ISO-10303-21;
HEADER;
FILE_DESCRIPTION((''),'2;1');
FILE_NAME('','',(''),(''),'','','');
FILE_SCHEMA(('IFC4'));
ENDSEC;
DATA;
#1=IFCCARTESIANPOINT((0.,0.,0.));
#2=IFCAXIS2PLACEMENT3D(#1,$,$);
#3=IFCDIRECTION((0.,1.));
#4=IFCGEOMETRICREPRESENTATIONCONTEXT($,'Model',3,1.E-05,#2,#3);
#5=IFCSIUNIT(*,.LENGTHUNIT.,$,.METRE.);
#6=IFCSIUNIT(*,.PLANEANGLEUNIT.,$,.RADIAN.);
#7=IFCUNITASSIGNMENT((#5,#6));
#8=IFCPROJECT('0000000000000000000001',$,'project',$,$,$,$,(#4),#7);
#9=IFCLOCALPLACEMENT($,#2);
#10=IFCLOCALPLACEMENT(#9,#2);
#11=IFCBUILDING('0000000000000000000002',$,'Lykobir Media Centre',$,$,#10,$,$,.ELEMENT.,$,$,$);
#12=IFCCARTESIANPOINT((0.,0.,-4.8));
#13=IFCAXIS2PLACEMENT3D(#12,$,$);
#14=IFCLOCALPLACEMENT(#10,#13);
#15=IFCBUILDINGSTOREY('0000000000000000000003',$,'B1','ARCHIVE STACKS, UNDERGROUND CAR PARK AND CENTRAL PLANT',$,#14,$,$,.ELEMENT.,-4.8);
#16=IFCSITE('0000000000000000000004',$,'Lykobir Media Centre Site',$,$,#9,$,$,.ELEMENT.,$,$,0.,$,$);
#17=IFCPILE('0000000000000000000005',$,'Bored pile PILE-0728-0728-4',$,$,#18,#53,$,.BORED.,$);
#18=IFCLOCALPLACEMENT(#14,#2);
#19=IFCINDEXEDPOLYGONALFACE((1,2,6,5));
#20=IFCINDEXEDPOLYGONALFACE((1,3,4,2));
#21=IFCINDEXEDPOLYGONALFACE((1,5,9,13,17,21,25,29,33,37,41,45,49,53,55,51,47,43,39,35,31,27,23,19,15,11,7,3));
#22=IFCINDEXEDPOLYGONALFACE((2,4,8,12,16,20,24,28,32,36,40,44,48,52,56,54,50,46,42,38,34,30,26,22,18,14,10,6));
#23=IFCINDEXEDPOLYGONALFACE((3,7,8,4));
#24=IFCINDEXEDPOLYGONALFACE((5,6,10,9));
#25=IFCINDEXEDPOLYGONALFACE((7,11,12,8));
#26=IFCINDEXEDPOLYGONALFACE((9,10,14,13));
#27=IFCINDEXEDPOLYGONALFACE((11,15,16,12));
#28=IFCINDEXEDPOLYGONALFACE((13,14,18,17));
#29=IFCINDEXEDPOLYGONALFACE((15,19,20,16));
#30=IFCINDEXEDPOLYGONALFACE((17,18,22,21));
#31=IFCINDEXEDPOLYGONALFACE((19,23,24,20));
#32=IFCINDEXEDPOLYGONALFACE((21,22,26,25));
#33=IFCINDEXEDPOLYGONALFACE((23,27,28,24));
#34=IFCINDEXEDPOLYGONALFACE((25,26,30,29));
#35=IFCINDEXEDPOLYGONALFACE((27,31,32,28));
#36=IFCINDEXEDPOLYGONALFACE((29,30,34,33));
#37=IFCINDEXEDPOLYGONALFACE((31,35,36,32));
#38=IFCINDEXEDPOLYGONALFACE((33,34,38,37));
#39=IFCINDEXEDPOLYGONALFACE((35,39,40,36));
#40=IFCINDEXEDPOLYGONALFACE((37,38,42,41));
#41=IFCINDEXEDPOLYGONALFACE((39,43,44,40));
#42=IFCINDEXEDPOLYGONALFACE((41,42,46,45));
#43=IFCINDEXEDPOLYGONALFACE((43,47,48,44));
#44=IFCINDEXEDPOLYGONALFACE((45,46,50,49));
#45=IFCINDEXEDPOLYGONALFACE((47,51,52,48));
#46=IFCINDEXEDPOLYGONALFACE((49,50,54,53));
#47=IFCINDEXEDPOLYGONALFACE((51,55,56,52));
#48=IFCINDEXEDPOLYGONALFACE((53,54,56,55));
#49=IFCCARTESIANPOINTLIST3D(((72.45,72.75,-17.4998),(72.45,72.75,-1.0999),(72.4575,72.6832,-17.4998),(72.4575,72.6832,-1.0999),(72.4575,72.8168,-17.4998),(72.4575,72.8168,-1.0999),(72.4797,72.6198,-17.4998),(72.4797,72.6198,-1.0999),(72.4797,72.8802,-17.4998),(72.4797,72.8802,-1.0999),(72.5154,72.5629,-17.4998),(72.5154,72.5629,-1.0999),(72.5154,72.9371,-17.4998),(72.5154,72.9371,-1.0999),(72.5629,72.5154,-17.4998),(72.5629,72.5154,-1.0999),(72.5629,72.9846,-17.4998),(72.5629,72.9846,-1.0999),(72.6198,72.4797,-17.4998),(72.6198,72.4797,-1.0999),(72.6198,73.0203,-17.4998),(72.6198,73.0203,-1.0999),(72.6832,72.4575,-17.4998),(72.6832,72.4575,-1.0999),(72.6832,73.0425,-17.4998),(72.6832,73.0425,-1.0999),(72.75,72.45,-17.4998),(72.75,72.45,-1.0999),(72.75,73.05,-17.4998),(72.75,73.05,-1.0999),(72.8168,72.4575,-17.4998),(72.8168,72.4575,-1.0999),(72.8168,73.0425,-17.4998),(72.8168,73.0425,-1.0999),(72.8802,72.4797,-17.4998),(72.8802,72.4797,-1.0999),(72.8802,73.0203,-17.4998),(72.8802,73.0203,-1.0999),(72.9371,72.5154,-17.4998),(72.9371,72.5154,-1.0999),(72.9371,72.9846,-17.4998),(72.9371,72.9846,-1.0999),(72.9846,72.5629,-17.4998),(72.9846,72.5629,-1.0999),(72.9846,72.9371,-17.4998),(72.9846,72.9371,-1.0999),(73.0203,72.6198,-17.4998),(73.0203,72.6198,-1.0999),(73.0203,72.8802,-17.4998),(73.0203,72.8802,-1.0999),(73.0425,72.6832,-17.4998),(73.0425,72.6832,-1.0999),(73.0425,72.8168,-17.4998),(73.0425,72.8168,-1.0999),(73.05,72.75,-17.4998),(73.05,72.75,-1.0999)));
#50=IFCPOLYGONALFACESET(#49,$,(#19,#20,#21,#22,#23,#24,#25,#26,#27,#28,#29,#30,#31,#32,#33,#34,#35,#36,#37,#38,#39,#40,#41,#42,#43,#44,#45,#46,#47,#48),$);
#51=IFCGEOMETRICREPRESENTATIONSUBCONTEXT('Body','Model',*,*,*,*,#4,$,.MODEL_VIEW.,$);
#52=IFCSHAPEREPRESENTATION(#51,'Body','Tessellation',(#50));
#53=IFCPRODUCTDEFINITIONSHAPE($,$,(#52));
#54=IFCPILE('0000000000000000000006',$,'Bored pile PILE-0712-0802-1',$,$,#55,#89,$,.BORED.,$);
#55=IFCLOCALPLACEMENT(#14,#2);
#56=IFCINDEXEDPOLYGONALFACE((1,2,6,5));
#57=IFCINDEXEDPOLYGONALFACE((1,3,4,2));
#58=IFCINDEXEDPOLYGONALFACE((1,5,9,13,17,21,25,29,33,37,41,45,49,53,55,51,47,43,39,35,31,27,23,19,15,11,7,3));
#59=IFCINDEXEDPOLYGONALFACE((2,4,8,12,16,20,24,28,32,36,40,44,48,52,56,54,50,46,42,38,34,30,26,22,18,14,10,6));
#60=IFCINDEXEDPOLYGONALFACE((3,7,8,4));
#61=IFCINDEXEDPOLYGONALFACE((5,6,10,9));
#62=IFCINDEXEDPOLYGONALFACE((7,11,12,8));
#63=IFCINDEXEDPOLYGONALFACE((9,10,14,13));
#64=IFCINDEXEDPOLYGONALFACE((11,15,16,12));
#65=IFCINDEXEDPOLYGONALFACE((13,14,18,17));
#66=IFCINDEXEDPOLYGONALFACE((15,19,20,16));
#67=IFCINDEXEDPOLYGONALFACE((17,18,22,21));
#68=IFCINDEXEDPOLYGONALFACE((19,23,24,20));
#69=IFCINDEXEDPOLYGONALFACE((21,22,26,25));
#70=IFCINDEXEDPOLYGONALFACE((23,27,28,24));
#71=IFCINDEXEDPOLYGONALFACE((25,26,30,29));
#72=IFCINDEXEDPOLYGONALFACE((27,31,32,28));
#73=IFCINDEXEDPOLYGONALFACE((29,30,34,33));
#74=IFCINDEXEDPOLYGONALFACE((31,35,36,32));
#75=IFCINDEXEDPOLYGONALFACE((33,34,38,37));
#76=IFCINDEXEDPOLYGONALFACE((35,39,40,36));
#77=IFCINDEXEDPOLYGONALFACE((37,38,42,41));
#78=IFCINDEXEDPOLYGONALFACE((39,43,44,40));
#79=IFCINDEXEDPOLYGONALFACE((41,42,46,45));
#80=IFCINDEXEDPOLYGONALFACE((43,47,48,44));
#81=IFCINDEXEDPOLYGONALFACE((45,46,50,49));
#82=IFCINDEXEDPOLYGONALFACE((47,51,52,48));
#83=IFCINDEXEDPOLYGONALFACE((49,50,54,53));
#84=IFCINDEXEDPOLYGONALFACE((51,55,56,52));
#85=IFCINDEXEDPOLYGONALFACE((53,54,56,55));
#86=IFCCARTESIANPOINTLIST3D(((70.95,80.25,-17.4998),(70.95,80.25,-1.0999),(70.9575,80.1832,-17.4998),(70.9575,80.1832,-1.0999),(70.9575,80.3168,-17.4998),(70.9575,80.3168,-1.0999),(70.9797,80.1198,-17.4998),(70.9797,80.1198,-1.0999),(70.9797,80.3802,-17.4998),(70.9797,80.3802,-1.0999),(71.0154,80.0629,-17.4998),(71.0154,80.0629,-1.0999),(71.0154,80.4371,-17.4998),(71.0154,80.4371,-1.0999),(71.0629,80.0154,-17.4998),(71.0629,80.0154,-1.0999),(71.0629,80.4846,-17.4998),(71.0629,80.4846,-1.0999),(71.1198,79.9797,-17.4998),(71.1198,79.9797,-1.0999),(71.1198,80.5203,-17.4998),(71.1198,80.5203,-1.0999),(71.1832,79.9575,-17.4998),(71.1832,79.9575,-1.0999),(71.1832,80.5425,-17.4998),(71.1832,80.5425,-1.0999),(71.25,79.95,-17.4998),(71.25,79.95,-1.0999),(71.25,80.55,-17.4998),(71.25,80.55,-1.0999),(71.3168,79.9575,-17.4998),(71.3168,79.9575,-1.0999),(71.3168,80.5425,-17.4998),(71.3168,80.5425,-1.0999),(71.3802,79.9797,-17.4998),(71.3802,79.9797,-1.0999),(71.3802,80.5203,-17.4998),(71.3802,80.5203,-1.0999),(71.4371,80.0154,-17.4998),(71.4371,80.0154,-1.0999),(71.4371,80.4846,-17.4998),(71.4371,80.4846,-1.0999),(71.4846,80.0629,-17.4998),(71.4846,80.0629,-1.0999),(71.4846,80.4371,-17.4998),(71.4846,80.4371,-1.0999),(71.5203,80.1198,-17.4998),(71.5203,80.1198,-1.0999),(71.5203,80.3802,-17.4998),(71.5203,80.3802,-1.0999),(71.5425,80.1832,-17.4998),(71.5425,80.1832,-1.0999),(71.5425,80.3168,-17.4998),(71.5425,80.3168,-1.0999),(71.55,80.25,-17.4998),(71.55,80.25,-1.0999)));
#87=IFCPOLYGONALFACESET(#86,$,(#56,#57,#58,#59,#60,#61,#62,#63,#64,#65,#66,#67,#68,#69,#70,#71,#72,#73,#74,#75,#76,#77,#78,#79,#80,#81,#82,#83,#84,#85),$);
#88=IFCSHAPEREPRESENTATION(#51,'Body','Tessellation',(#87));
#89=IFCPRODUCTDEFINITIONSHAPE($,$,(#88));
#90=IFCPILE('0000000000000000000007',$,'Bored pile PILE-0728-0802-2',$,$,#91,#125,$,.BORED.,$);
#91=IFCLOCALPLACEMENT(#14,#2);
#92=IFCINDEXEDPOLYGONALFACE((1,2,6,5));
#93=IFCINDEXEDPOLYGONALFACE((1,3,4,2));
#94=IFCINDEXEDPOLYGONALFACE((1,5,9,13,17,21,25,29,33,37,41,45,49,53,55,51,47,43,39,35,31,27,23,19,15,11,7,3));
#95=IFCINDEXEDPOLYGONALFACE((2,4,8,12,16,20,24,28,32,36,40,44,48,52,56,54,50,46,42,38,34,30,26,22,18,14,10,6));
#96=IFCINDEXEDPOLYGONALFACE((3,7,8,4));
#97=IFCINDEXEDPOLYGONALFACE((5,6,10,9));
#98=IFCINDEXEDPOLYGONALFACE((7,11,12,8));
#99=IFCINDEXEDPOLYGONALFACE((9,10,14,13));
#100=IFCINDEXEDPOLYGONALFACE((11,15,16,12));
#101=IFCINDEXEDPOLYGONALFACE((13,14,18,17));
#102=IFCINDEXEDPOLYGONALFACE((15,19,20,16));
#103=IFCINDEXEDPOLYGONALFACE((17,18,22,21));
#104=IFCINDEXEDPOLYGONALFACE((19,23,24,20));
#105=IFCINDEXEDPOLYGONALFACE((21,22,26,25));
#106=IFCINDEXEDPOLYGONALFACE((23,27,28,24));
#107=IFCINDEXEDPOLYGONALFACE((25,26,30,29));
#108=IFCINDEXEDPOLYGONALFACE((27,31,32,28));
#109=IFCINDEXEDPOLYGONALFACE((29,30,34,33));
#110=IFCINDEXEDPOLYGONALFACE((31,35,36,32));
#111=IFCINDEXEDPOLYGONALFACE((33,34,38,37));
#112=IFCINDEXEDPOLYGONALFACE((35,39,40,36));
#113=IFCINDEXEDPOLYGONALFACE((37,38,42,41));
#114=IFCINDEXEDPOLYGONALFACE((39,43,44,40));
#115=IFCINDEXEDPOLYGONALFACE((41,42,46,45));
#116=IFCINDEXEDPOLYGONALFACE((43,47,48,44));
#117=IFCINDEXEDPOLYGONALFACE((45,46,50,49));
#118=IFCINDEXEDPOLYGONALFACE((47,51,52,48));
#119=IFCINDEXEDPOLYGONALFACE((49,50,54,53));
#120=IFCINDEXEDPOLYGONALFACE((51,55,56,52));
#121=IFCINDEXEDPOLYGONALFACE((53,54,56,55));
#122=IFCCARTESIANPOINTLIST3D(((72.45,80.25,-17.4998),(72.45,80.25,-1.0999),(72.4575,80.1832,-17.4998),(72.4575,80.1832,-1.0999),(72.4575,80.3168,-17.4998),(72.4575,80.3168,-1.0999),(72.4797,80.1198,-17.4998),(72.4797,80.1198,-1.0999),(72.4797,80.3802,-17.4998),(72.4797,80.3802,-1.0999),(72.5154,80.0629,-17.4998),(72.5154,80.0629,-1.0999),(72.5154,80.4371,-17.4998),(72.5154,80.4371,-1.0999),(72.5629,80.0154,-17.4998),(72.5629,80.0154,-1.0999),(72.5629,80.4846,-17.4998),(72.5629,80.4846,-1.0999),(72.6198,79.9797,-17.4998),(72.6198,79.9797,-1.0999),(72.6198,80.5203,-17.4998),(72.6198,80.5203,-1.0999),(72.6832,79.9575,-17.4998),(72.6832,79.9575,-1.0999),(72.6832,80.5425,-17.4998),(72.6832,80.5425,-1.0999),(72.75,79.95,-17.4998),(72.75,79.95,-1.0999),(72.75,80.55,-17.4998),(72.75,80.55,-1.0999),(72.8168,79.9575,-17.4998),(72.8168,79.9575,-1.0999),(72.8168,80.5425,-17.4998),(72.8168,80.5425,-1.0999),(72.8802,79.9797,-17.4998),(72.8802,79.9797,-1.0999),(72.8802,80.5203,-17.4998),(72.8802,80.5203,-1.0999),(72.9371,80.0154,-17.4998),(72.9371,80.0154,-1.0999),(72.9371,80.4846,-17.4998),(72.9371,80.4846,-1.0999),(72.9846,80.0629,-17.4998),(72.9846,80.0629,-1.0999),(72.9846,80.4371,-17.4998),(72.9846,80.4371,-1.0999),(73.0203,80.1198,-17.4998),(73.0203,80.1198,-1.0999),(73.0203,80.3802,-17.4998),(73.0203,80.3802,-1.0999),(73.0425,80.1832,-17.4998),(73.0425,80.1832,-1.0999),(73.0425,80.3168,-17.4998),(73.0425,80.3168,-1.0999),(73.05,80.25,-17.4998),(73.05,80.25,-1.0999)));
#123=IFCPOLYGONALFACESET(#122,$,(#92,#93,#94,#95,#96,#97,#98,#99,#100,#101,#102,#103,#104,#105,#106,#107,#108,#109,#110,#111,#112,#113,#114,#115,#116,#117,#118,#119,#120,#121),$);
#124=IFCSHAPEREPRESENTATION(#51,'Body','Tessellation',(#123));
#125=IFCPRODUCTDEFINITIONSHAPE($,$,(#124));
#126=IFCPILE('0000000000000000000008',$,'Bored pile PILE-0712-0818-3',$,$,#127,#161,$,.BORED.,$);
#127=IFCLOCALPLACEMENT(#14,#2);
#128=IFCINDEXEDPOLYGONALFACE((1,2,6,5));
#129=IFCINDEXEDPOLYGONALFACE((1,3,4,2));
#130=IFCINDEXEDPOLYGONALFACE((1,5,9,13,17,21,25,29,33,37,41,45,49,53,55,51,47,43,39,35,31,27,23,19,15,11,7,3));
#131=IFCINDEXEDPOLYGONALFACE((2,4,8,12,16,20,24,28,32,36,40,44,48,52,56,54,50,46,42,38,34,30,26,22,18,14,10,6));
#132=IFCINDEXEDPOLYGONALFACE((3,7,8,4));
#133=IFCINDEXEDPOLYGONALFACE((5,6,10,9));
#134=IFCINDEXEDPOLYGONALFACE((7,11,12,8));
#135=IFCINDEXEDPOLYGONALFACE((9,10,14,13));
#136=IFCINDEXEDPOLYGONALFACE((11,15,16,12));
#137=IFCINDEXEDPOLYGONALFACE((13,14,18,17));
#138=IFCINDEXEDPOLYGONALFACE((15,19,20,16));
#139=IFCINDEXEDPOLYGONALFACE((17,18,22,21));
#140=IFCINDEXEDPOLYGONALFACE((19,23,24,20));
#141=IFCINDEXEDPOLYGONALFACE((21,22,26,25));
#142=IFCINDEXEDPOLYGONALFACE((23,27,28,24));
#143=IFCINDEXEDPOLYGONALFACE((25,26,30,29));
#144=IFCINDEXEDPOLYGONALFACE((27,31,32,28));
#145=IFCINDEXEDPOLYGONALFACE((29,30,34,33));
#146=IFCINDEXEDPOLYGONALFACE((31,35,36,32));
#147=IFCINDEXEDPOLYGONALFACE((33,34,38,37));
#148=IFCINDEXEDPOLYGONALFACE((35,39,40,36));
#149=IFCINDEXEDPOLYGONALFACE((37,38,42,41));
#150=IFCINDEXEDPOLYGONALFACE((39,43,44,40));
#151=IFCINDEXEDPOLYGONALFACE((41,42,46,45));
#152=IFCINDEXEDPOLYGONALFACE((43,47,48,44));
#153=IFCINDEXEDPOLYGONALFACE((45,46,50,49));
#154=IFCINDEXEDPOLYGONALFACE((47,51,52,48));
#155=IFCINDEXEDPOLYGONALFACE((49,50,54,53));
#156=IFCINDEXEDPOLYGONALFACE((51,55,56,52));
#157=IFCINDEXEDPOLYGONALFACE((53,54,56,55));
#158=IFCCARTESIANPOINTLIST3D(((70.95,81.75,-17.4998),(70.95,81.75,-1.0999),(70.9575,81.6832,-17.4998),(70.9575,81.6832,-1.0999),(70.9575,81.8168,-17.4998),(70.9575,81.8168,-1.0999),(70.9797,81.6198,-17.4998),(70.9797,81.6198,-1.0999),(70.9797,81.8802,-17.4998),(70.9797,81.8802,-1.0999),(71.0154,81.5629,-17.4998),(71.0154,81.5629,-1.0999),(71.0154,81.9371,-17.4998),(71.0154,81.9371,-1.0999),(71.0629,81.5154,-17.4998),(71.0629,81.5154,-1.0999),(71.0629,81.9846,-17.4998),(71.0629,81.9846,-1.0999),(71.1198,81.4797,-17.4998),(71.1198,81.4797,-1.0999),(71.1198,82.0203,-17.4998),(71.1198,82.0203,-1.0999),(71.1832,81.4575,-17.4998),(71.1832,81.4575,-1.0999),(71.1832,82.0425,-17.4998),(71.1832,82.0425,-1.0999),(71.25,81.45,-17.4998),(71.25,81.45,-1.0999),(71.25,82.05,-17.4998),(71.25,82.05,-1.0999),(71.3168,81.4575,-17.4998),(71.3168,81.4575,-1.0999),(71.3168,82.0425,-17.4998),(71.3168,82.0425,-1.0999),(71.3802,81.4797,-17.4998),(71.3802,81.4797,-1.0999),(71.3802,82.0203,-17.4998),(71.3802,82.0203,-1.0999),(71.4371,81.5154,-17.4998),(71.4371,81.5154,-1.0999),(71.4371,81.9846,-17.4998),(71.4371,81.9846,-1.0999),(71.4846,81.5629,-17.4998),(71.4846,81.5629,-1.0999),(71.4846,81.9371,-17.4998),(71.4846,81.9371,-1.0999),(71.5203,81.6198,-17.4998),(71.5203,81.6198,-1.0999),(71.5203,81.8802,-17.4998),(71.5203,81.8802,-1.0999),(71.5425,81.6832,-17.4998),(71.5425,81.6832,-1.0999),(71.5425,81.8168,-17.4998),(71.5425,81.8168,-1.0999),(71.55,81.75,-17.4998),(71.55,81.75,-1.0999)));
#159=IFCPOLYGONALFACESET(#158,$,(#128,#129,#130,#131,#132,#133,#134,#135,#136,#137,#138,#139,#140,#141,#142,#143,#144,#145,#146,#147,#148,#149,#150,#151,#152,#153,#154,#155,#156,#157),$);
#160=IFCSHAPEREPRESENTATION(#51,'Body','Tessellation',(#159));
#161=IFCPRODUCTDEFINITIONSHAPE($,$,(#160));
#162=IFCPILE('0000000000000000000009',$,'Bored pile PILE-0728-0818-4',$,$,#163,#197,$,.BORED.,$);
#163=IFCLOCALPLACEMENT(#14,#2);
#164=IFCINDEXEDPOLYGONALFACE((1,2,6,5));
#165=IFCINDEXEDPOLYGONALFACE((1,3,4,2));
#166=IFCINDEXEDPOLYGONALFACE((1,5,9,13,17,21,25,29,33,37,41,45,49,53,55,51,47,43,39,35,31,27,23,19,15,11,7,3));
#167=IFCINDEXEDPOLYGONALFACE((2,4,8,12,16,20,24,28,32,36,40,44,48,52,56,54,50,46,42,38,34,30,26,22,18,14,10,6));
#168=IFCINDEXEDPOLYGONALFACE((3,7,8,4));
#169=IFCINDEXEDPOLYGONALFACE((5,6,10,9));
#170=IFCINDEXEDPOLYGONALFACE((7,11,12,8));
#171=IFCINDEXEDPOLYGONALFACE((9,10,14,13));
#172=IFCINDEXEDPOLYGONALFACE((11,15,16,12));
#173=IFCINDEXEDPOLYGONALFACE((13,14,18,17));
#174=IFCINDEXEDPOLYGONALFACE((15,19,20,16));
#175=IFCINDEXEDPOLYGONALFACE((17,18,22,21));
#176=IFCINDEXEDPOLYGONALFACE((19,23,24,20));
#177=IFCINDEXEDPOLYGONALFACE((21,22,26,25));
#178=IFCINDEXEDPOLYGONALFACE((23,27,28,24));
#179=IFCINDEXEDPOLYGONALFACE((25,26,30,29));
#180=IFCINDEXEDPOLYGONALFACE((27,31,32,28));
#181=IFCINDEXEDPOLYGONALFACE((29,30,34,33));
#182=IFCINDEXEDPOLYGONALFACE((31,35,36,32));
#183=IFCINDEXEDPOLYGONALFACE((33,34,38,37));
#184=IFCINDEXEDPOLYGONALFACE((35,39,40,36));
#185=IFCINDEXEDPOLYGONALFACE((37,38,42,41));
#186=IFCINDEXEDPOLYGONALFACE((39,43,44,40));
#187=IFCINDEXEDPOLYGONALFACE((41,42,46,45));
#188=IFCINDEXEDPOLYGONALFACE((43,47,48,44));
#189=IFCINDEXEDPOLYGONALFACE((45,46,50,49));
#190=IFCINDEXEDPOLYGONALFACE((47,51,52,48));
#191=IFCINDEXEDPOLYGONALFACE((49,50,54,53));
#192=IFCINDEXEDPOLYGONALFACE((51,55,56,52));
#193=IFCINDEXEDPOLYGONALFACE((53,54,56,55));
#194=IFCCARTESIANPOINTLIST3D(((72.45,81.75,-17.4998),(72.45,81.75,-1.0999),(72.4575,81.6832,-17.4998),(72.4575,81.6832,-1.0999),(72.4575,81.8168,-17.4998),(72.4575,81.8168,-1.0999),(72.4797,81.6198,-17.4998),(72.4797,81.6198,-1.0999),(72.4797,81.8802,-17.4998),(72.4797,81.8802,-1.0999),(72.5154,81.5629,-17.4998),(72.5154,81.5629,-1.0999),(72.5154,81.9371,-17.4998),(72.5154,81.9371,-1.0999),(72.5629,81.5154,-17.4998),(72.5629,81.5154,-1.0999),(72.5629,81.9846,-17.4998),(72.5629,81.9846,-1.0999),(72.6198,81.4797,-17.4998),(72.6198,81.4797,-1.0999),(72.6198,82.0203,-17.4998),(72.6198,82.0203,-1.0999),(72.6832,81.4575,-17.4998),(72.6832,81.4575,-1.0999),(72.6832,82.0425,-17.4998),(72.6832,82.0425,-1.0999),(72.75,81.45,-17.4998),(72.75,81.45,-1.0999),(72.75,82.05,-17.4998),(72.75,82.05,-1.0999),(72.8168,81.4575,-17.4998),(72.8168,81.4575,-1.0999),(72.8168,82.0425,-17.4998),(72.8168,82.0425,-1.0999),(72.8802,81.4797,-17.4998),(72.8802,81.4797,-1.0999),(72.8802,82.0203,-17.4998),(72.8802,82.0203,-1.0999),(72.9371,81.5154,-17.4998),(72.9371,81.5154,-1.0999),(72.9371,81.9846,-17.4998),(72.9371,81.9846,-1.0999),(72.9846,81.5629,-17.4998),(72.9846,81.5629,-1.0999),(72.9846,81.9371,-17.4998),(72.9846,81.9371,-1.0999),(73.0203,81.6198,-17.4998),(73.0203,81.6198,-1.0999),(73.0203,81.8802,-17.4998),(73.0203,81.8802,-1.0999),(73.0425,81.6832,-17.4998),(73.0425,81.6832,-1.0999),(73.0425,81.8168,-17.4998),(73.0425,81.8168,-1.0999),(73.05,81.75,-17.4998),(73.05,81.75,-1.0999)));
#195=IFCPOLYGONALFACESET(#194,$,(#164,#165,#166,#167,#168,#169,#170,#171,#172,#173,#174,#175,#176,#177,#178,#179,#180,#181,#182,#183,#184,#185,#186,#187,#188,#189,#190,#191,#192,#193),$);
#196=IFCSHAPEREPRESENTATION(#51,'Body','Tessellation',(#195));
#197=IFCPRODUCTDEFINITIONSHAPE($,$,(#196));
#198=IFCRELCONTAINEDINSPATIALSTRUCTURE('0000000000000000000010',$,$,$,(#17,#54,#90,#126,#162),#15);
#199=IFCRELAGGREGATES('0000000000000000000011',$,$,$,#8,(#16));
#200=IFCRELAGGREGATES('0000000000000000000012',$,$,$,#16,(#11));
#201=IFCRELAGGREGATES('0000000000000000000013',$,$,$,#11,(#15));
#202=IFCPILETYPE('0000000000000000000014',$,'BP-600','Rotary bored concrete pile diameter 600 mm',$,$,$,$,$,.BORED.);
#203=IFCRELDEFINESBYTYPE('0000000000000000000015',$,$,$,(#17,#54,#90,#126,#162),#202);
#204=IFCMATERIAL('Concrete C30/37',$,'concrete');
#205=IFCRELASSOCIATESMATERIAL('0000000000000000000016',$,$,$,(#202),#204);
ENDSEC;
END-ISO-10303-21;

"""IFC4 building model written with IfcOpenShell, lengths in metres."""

from ifc_helpers import new_model, si_unit, direction, frame, origin, origin_2d, place, context, subcontext, project, spatial, circle, extrude, material, material_profile, profile_set, type_object, element, save


model = new_model("IFC4")

# Units and contexts
model_context = context("Model", 3, precision=1e-05, world=origin(), true_north=direction((0.0, 1.0)))
body_context = subcontext(model_context, "Body", "Model", "MODEL_VIEW")
ifc_project = project(units=[si_unit("LENGTHUNIT", "METRE"), si_unit("PLANEANGLEUNIT", "RADIAN")], contexts=[model_context])

# Site, building, storey
site_placement = place(None, origin())
site = spatial("IfcSite", under=ifc_project, at=site_placement, Name="Lykobir Media Centre Site", CompositionType="ELEMENT", RefElevation=0.0)
building_placement = place(site_placement, origin())
building = spatial("IfcBuilding", under=site, at=building_placement, Name="Lykobir Media Centre", CompositionType="ELEMENT")
storey_placement = place(building_placement, frame((0.0, 0.0, -4.8)))
storey = spatial("IfcBuildingStorey", under=building, at=storey_placement, Name="B1", Description="ARCHIVE STACKS, UNDERGROUND CAR PARK AND CENTRAL PLANT", CompositionType="ELEMENT", Elevation=-4.8)

# Piles
ifc_material_1 = material(Name="Concrete C30/37", Category="concrete")
ifc_material_profile_1 = material_profile(ifc_material_1, circle(Radius=0.3, at=origin_2d()), Name="BORED PILE D600")
ifc_profile_set_1 = profile_set([ifc_material_profile_1], Name="Concrete C30/37")
pile_type = type_object("IfcPileType", Name="BP-600", Description="Rotary bored concrete pile diameter 600 mm", PredefinedType="BORED", material=ifc_profile_set_1)
for number, where, z_axis, x_axis, name in (
    (1, (72.75, 72.75, -1.0999), (0.0, 0.0, -1.0), (1.0, 0.0, 0.0), "Bored pile PILE-0728-0728-4"),
    (2, (71.25, 80.25, -1.0999), (0.0, 0.0, -1.0), (1.0, 0.0, 0.0), "Bored pile PILE-0712-0802-1"),
    (3, (72.75, 80.25, -1.0999), (0.0, 0.0, -1.0), (1.0, 0.0, 0.0), "Bored pile PILE-0728-0802-2"),
    (4, (71.25, 81.75, -1.0999), (0.0, 0.0, -1.0), (1.0, 0.0, 0.0), "Bored pile PILE-0712-0818-3"),
    (5, (72.75, 81.75, -1.0999), (0.0, 0.0, -1.0), (1.0, 0.0, 0.0), "Bored pile PILE-0728-0818-4"),
):
    element("IfcPile", number, at=place(storey_placement, frame(where, z_axis=z_axis, x_axis=x_axis)), inside=storey, type_object=pile_type, Name=name, PredefinedType="BORED", context=body_context, shape_type="SweptSolid", body=[
        extrude(circle(Radius=0.3, at=origin_2d()), origin(), (0.0, 0.0, 1.0), 16.3999),
    ])

save(model, "model.ifc")
